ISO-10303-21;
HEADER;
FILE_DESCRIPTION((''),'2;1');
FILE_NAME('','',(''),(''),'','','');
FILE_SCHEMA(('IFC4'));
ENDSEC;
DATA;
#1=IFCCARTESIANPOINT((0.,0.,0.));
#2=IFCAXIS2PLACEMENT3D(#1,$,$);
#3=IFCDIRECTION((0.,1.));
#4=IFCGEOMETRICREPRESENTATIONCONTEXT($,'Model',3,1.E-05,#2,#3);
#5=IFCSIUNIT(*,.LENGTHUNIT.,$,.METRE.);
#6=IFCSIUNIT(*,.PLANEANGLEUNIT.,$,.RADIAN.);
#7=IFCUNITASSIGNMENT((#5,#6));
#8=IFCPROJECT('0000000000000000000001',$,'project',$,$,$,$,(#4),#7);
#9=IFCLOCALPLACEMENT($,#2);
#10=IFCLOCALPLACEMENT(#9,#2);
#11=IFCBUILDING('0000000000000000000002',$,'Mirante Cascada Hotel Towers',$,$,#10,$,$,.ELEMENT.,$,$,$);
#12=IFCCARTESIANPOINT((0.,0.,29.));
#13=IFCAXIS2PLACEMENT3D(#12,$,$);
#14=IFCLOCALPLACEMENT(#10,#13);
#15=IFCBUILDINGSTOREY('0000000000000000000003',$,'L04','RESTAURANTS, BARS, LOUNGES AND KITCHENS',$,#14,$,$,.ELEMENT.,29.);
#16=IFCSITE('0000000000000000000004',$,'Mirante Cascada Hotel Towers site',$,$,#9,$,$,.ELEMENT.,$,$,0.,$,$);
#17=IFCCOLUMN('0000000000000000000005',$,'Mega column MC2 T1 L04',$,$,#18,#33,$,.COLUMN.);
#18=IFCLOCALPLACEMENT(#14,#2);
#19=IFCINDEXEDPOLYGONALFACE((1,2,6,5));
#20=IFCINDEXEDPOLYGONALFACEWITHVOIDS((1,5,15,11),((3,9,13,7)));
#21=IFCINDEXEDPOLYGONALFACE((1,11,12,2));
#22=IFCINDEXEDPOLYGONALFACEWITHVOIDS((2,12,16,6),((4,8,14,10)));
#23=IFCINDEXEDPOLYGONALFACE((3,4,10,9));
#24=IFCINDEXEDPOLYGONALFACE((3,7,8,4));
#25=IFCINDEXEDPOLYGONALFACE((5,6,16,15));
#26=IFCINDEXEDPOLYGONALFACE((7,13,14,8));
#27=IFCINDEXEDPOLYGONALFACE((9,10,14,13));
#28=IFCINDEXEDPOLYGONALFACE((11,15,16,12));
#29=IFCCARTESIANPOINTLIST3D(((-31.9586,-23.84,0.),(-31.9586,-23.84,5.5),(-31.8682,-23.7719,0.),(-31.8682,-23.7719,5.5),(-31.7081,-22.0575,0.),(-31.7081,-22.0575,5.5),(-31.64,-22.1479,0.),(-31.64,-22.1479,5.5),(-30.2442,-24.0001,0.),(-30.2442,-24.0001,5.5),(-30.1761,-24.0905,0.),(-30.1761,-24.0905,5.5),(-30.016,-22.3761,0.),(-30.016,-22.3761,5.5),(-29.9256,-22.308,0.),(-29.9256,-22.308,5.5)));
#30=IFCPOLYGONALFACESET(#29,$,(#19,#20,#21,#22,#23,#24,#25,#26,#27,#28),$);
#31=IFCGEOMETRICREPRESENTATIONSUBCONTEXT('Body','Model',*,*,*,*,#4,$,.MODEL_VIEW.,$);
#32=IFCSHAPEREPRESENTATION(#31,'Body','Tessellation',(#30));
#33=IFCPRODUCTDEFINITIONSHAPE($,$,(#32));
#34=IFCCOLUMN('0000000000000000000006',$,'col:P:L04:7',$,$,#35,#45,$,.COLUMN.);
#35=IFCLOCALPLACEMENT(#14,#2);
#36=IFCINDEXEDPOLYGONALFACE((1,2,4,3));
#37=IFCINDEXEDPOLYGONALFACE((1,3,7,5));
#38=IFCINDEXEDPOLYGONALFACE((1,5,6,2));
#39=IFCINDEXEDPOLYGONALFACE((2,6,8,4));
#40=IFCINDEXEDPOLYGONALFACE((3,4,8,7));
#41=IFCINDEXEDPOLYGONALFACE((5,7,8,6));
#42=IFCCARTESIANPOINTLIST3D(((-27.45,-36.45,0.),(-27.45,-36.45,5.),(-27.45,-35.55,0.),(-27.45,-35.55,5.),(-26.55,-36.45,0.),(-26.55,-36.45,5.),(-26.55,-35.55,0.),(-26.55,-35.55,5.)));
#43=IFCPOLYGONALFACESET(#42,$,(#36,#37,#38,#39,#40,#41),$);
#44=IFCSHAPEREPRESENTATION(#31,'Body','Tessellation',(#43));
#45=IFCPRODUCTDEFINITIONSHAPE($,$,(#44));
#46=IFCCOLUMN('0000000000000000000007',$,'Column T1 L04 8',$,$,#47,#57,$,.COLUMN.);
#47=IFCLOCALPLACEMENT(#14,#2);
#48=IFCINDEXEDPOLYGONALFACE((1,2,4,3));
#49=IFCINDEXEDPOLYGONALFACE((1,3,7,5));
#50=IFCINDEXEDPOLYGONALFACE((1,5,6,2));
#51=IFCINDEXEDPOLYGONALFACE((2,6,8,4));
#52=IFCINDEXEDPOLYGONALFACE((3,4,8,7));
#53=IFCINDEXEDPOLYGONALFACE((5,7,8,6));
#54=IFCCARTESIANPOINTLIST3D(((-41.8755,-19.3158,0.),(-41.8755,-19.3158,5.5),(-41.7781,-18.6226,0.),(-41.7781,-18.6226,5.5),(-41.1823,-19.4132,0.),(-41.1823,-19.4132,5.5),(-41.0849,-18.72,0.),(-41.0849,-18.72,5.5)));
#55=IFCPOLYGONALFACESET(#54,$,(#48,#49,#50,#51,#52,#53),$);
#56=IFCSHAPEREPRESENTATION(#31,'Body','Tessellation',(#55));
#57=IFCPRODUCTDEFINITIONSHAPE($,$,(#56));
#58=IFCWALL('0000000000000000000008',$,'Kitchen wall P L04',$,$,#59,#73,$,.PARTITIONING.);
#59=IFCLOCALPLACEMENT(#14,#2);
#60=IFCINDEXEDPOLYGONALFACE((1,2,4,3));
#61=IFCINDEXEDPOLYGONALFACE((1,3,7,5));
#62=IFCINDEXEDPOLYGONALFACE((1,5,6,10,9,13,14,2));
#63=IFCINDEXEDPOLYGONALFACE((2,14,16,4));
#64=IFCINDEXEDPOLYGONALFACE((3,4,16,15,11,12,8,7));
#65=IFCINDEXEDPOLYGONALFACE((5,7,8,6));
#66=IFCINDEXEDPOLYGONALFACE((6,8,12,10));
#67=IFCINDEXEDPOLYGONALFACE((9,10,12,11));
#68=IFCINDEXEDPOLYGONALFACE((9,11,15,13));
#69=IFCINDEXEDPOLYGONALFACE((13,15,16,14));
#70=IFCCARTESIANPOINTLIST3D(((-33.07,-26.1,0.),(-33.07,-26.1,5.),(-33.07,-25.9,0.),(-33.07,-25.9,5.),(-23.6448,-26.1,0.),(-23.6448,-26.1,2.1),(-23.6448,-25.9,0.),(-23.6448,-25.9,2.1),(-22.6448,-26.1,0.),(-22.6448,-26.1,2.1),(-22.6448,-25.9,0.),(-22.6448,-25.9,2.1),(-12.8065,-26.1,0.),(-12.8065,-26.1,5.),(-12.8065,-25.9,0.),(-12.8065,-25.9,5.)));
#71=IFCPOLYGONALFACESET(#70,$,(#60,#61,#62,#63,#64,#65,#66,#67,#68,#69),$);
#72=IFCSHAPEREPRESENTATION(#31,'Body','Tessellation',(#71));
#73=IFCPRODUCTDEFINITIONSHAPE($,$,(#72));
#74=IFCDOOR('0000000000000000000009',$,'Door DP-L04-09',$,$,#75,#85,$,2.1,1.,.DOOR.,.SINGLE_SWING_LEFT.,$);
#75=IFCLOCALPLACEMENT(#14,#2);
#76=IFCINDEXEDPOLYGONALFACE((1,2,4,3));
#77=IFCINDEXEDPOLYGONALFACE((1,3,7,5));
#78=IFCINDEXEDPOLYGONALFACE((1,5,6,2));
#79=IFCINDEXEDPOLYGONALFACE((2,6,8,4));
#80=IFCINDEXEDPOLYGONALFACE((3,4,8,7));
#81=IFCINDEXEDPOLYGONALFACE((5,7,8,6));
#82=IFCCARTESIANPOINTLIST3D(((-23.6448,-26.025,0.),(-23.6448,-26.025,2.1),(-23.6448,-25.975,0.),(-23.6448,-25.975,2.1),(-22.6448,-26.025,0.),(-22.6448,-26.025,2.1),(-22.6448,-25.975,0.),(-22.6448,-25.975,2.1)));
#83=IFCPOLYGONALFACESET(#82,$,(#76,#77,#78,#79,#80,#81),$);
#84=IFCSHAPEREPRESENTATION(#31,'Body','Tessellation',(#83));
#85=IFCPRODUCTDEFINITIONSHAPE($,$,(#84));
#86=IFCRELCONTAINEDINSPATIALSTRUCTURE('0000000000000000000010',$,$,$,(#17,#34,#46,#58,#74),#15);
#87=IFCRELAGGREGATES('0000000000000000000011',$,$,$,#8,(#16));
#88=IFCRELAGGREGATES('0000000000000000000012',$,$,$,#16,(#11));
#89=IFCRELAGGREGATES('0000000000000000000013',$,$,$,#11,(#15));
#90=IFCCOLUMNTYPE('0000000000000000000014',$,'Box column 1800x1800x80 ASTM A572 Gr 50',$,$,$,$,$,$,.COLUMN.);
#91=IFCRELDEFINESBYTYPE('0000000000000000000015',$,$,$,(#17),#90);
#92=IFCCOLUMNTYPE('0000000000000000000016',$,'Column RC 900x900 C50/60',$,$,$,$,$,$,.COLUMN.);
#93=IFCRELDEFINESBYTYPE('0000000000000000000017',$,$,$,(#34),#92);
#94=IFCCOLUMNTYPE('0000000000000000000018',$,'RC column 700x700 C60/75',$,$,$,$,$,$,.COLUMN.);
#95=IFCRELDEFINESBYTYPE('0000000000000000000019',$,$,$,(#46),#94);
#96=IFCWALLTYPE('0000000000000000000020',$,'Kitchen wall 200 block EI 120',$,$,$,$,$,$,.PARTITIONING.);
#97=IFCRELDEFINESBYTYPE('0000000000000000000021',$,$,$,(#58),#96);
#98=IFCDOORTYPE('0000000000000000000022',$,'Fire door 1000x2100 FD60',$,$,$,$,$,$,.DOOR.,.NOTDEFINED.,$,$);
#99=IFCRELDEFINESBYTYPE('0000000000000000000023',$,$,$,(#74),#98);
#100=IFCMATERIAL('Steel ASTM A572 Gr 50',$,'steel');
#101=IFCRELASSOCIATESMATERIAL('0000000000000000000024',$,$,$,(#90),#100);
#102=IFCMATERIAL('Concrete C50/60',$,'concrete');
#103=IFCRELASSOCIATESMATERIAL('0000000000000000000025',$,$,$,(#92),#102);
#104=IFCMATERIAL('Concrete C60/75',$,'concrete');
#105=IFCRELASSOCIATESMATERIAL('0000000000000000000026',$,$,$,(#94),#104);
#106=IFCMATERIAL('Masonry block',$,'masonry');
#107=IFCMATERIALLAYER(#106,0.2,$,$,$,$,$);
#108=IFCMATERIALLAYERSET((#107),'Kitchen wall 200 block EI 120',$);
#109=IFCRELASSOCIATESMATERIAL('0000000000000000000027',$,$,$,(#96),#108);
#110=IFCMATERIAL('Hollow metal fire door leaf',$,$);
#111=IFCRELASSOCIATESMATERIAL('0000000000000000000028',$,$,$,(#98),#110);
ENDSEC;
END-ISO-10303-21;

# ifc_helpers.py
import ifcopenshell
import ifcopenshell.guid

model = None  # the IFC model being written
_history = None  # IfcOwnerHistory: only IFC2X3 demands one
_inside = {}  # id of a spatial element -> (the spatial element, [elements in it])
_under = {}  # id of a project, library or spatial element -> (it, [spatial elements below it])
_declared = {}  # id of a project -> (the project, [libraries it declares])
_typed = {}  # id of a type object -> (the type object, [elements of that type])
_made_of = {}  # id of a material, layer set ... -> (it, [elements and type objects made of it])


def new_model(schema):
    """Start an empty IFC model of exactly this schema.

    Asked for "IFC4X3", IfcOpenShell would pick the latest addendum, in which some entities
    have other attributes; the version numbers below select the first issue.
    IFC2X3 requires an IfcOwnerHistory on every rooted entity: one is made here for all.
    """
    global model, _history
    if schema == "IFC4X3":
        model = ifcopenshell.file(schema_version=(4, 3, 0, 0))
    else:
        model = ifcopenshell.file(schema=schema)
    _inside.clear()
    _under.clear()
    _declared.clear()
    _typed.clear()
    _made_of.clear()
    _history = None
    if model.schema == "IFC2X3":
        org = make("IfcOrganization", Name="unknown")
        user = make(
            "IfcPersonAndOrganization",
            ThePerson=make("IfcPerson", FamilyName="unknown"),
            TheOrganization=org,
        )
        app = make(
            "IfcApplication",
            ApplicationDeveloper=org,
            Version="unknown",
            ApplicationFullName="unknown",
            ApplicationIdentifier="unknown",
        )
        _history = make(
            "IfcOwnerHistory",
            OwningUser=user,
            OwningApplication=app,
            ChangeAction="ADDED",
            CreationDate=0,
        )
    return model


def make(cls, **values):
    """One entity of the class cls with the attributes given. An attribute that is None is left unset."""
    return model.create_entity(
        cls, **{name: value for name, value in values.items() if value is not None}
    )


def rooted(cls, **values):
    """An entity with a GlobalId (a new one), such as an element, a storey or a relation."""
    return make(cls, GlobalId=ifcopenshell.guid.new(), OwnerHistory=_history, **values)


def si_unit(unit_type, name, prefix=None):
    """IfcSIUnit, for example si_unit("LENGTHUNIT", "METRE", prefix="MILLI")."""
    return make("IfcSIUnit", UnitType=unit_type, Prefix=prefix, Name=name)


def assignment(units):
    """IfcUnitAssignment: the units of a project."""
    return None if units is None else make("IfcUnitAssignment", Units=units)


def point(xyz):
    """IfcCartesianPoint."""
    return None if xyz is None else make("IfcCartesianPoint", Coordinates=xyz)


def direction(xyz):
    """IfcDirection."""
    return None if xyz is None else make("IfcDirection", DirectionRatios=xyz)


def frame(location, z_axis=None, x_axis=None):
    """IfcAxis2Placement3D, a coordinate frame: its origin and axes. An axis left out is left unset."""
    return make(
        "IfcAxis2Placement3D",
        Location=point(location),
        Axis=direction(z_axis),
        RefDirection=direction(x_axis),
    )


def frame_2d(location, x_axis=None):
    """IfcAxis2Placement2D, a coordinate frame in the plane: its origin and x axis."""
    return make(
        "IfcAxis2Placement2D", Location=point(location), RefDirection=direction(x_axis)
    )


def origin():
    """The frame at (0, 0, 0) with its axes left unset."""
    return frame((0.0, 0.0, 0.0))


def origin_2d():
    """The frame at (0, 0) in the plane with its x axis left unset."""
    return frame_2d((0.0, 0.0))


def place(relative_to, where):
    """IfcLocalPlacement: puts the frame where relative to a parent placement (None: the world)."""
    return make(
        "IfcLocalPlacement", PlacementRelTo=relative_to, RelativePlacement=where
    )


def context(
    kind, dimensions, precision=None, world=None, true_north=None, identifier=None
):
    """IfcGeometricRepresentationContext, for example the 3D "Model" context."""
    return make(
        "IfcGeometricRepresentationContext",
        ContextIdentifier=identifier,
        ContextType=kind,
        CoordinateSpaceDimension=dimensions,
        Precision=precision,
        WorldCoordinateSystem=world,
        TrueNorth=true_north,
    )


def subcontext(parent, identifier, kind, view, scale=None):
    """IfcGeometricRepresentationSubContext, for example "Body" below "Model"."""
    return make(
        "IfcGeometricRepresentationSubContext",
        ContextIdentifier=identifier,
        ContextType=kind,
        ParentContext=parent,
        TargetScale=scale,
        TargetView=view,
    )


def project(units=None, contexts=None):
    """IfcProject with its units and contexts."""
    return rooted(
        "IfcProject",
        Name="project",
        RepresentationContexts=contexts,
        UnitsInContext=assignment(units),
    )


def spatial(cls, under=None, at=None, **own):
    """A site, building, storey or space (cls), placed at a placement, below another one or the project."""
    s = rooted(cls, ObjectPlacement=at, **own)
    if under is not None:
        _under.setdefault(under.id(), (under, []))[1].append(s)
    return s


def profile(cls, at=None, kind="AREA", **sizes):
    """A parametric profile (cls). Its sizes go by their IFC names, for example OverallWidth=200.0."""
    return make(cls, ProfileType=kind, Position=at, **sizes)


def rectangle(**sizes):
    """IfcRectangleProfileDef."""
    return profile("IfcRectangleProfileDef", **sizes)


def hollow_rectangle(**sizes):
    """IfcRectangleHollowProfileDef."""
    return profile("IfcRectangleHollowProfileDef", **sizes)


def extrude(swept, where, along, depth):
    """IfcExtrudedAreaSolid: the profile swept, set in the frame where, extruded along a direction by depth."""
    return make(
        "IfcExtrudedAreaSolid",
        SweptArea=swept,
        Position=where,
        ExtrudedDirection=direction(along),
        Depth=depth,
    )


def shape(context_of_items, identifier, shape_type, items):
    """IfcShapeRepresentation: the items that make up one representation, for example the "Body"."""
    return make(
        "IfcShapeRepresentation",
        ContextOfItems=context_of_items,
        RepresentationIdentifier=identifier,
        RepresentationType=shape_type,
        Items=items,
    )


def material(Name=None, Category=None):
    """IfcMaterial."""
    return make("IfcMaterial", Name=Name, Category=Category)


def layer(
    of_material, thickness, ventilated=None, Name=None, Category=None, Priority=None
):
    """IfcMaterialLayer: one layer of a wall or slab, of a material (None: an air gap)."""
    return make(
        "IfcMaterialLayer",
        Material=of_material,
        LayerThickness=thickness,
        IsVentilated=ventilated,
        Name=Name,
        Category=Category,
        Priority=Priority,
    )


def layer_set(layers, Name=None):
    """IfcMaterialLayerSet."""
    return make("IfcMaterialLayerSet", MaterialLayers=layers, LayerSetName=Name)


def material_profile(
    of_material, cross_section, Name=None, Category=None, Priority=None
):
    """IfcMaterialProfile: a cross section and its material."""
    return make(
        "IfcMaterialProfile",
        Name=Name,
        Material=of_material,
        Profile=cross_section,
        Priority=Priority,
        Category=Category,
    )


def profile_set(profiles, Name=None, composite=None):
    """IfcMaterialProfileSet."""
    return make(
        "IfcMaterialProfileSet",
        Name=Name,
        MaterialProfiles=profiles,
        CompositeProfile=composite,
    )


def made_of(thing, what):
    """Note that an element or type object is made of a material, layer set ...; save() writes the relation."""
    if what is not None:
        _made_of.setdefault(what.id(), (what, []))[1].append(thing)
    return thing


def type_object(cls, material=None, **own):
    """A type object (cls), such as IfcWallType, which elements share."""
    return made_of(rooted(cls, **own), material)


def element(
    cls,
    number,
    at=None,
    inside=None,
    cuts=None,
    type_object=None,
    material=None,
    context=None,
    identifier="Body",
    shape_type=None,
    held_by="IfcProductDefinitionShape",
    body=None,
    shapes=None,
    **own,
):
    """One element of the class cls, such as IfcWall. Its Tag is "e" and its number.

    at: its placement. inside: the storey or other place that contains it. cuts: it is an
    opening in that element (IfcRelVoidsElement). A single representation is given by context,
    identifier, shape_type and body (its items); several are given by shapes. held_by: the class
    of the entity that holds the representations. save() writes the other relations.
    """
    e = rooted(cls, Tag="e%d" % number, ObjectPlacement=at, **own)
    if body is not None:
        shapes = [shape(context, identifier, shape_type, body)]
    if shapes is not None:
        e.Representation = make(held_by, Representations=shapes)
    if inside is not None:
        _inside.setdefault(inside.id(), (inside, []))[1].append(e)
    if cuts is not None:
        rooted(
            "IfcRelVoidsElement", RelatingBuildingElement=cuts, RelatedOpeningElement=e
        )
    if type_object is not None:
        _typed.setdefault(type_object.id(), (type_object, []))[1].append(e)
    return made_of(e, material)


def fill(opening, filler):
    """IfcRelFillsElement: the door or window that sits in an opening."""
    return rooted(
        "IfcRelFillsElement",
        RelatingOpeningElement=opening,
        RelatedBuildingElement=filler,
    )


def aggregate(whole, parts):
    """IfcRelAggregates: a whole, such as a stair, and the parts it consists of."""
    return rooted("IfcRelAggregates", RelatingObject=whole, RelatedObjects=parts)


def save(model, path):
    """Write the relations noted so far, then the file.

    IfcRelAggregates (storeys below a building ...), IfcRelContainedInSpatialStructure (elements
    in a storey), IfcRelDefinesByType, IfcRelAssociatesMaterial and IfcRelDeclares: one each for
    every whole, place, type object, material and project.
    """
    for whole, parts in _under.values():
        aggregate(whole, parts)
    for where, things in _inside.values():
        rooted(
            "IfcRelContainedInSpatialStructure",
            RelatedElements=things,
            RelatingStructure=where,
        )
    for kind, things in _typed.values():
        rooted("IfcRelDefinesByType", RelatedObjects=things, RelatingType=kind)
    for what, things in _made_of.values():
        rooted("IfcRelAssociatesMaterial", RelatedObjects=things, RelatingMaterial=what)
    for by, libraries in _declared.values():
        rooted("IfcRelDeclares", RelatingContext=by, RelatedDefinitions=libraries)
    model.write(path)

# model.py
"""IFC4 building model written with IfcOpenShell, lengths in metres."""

from ifc_helpers import new_model, si_unit, direction, frame, frame_2d, origin, origin_2d, place, context, subcontext, project, spatial, rectangle, hollow_rectangle, extrude, material, layer, layer_set, material_profile, profile_set, type_object, element, fill, save


model = new_model("IFC4")

# Units and contexts
model_context = context("Model", 3, precision=1e-05, world=origin(), true_north=direction((0.0, 1.0)))
body_context = subcontext(model_context, "Body", "Model", "MODEL_VIEW")
ifc_project = project(units=[si_unit("LENGTHUNIT", "METRE"), si_unit("PLANEANGLEUNIT", "RADIAN")], contexts=[model_context])

# Site, building, storey
site_placement = place(None, origin())
site = spatial("IfcSite", under=ifc_project, at=site_placement, Name="Mirante Cascada Hotel Towers site", CompositionType="ELEMENT", RefElevation=0.0)
building_placement = place(site_placement, origin())
building = spatial("IfcBuilding", under=site, at=building_placement, Name="Mirante Cascada Hotel Towers", CompositionType="ELEMENT")
storey_placement = place(building_placement, frame((0.0, 0.0, 29.0)))
storey = spatial("IfcBuildingStorey", under=building, at=storey_placement, Name="L04", Description="RESTAURANTS, BARS, LOUNGES AND KITCHENS", CompositionType="ELEMENT", Elevation=29.0)

# Columns
ifc_material_1 = material(Name="Steel ASTM A572 Gr 50", Category="steel")
ifc_material_profile_1 = material_profile(ifc_material_1, hollow_rectangle(XDim=1.8, YDim=1.8, WallThickness=0.08, at=origin_2d()), Name="Box column 1800x1800x80 ASTM A572 Gr 50")
ifc_profile_set_1 = profile_set([ifc_material_profile_1], Name="Steel ASTM A572 Gr 50")
column_type_1 = type_object("IfcColumnType", Name="Box column 1800x1800x80 ASTM A572 Gr 50", PredefinedType="COLUMN", material=ifc_profile_set_1)
column_1_placement = place(storey_placement, frame((-30.9421, -23.074, 0.0), z_axis=(0.0, 0.0, 1.0), x_axis=(-0.990268, 0.139173, 0.0)))
element("IfcColumn", 1, at=column_1_placement, inside=storey, type_object=column_type_1, Name="Mega column MC2 T1 L04", PredefinedType="COLUMN", context=body_context, shape_type="SweptSolid", body=[
    extrude(hollow_rectangle(XDim=1.8, YDim=1.8, WallThickness=0.08, at=origin_2d()), origin(), (0.0, 0.0, 1.0), 5.5),
])
ifc_material_2 = material(Name="Concrete C50/60", Category="concrete")
ifc_material_profile_2 = material_profile(ifc_material_2, rectangle(XDim=0.9, YDim=0.9, at=origin_2d()), Name="RC 900x900")
ifc_profile_set_2 = profile_set([ifc_material_profile_2], Name="Concrete C50/60")
column_type_2 = type_object("IfcColumnType", Name="Column RC 900x900 C50/60", PredefinedType="COLUMN", material=ifc_profile_set_2)
column_2_placement = place(storey_placement, frame((-27.0, -36.0, 0.0), z_axis=(0.0, 0.0, 1.0), x_axis=(1.0, 0.0, 0.0)))
element("IfcColumn", 2, at=column_2_placement, inside=storey, type_object=column_type_2, Name="col:P:L04:7", PredefinedType="COLUMN", context=body_context, shape_type="SweptSolid", body=[
    extrude(rectangle(XDim=0.9, YDim=0.9, at=origin_2d()), origin(), (0.0, 0.0, 1.0), 5.0),
])
ifc_material_3 = material(Name="Concrete C60/75", Category="concrete")
ifc_material_profile_3 = material_profile(ifc_material_3, rectangle(XDim=0.7, YDim=0.7, at=origin_2d()), Name="RC column 700x700 C60/75")
ifc_profile_set_3 = profile_set([ifc_material_profile_3], Name="Concrete C60/75")
column_type_3 = type_object("IfcColumnType", Name="RC column 700x700 C60/75", PredefinedType="COLUMN", material=ifc_profile_set_3)
column_3_placement = place(storey_placement, frame((-41.4802, -19.0179, 0.0), z_axis=(0.0, 0.0, 1.0), x_axis=(-0.990268, 0.139173, 0.0)))
element("IfcColumn", 3, at=column_3_placement, inside=storey, type_object=column_type_3, Name="Column T1 L04 8", PredefinedType="COLUMN", context=body_context, shape_type="SweptSolid", body=[
    extrude(rectangle(XDim=0.7, YDim=0.7, at=origin_2d()), origin(), (0.0, 0.0, 1.0), 5.5),
])

# Wall, opening, door
ifc_material_4 = material(Name="Masonry block", Category="masonry")
ifc_layer_1 = layer(ifc_material_4, 0.2)
ifc_layer_set_1 = layer_set([ifc_layer_1], Name="Kitchen wall 200 block EI 120")
wall_type_1 = type_object("IfcWallType", Name="Kitchen wall 200 block EI 120", PredefinedType="PARTITIONING", material=ifc_layer_set_1)
wall_1_placement = place(storey_placement, frame((-33.0701, -26.0, 0.0), z_axis=(0.0, 0.0, 1.0), x_axis=(1.0, 0.0, 0.0)))
wall_1 = element("IfcWall", 4, at=wall_1_placement, inside=storey, type_object=wall_type_1, Name="Kitchen wall P L04", PredefinedType="PARTITIONING", context=body_context, shape_type="SweptSolid", body=[
    extrude(rectangle(XDim=20.2635, YDim=0.2, at=frame_2d((10.1318, 0.0))), origin(), (0.0, 0.0, 1.0), 5.0),
])
opening_1_placement = place(wall_1_placement, frame((9.4253, 0.0, 0.0)))
opening_1 = element("IfcOpeningElement", 5, at=opening_1_placement, cuts=wall_1, PredefinedType="OPENING", context=body_context, shape_type="SweptSolid", body=[
    extrude(rectangle(XDim=1.0, YDim=2.1, at=frame_2d((0.5, 1.05))), frame((0.0, 0.1, 0.0), z_axis=(0.0, -1.0, 0.0), x_axis=(1.0, 0.0, 0.0)), (0.0, 0.0, 1.0), 0.2),
])
ifc_material_5 = material(Name="Hollow metal fire door leaf")
door_type = type_object("IfcDoorType", Name="Fire door 1000x2100 FD60", OperationType="NOTDEFINED", PredefinedType="DOOR", material=ifc_material_5)
door_placement = place(opening_1_placement, frame((1.0, 0.0, 0.0), z_axis=(0.0, 0.0, 1.0), x_axis=(-1.0, 0.0, 0.0)))
door = element("IfcDoor", 6, at=door_placement, inside=storey, type_object=door_type, Name="Door DP-L04-09", OperationType="SINGLE_SWING_LEFT", OverallHeight=2.1, OverallWidth=1.0, PredefinedType="DOOR", context=body_context, shape_type="SweptSolid", body=[
    extrude(rectangle(XDim=1.0, YDim=2.1, at=frame_2d((0.5, 1.05))), frame((0.0, 0.025, 0.0), z_axis=(0.0, -1.0, 0.0), x_axis=(1.0, 0.0, 0.0)), (0.0, 0.0, 1.0), 0.05),
])
fill(opening_1, door)

save(model, "model.ifc")
